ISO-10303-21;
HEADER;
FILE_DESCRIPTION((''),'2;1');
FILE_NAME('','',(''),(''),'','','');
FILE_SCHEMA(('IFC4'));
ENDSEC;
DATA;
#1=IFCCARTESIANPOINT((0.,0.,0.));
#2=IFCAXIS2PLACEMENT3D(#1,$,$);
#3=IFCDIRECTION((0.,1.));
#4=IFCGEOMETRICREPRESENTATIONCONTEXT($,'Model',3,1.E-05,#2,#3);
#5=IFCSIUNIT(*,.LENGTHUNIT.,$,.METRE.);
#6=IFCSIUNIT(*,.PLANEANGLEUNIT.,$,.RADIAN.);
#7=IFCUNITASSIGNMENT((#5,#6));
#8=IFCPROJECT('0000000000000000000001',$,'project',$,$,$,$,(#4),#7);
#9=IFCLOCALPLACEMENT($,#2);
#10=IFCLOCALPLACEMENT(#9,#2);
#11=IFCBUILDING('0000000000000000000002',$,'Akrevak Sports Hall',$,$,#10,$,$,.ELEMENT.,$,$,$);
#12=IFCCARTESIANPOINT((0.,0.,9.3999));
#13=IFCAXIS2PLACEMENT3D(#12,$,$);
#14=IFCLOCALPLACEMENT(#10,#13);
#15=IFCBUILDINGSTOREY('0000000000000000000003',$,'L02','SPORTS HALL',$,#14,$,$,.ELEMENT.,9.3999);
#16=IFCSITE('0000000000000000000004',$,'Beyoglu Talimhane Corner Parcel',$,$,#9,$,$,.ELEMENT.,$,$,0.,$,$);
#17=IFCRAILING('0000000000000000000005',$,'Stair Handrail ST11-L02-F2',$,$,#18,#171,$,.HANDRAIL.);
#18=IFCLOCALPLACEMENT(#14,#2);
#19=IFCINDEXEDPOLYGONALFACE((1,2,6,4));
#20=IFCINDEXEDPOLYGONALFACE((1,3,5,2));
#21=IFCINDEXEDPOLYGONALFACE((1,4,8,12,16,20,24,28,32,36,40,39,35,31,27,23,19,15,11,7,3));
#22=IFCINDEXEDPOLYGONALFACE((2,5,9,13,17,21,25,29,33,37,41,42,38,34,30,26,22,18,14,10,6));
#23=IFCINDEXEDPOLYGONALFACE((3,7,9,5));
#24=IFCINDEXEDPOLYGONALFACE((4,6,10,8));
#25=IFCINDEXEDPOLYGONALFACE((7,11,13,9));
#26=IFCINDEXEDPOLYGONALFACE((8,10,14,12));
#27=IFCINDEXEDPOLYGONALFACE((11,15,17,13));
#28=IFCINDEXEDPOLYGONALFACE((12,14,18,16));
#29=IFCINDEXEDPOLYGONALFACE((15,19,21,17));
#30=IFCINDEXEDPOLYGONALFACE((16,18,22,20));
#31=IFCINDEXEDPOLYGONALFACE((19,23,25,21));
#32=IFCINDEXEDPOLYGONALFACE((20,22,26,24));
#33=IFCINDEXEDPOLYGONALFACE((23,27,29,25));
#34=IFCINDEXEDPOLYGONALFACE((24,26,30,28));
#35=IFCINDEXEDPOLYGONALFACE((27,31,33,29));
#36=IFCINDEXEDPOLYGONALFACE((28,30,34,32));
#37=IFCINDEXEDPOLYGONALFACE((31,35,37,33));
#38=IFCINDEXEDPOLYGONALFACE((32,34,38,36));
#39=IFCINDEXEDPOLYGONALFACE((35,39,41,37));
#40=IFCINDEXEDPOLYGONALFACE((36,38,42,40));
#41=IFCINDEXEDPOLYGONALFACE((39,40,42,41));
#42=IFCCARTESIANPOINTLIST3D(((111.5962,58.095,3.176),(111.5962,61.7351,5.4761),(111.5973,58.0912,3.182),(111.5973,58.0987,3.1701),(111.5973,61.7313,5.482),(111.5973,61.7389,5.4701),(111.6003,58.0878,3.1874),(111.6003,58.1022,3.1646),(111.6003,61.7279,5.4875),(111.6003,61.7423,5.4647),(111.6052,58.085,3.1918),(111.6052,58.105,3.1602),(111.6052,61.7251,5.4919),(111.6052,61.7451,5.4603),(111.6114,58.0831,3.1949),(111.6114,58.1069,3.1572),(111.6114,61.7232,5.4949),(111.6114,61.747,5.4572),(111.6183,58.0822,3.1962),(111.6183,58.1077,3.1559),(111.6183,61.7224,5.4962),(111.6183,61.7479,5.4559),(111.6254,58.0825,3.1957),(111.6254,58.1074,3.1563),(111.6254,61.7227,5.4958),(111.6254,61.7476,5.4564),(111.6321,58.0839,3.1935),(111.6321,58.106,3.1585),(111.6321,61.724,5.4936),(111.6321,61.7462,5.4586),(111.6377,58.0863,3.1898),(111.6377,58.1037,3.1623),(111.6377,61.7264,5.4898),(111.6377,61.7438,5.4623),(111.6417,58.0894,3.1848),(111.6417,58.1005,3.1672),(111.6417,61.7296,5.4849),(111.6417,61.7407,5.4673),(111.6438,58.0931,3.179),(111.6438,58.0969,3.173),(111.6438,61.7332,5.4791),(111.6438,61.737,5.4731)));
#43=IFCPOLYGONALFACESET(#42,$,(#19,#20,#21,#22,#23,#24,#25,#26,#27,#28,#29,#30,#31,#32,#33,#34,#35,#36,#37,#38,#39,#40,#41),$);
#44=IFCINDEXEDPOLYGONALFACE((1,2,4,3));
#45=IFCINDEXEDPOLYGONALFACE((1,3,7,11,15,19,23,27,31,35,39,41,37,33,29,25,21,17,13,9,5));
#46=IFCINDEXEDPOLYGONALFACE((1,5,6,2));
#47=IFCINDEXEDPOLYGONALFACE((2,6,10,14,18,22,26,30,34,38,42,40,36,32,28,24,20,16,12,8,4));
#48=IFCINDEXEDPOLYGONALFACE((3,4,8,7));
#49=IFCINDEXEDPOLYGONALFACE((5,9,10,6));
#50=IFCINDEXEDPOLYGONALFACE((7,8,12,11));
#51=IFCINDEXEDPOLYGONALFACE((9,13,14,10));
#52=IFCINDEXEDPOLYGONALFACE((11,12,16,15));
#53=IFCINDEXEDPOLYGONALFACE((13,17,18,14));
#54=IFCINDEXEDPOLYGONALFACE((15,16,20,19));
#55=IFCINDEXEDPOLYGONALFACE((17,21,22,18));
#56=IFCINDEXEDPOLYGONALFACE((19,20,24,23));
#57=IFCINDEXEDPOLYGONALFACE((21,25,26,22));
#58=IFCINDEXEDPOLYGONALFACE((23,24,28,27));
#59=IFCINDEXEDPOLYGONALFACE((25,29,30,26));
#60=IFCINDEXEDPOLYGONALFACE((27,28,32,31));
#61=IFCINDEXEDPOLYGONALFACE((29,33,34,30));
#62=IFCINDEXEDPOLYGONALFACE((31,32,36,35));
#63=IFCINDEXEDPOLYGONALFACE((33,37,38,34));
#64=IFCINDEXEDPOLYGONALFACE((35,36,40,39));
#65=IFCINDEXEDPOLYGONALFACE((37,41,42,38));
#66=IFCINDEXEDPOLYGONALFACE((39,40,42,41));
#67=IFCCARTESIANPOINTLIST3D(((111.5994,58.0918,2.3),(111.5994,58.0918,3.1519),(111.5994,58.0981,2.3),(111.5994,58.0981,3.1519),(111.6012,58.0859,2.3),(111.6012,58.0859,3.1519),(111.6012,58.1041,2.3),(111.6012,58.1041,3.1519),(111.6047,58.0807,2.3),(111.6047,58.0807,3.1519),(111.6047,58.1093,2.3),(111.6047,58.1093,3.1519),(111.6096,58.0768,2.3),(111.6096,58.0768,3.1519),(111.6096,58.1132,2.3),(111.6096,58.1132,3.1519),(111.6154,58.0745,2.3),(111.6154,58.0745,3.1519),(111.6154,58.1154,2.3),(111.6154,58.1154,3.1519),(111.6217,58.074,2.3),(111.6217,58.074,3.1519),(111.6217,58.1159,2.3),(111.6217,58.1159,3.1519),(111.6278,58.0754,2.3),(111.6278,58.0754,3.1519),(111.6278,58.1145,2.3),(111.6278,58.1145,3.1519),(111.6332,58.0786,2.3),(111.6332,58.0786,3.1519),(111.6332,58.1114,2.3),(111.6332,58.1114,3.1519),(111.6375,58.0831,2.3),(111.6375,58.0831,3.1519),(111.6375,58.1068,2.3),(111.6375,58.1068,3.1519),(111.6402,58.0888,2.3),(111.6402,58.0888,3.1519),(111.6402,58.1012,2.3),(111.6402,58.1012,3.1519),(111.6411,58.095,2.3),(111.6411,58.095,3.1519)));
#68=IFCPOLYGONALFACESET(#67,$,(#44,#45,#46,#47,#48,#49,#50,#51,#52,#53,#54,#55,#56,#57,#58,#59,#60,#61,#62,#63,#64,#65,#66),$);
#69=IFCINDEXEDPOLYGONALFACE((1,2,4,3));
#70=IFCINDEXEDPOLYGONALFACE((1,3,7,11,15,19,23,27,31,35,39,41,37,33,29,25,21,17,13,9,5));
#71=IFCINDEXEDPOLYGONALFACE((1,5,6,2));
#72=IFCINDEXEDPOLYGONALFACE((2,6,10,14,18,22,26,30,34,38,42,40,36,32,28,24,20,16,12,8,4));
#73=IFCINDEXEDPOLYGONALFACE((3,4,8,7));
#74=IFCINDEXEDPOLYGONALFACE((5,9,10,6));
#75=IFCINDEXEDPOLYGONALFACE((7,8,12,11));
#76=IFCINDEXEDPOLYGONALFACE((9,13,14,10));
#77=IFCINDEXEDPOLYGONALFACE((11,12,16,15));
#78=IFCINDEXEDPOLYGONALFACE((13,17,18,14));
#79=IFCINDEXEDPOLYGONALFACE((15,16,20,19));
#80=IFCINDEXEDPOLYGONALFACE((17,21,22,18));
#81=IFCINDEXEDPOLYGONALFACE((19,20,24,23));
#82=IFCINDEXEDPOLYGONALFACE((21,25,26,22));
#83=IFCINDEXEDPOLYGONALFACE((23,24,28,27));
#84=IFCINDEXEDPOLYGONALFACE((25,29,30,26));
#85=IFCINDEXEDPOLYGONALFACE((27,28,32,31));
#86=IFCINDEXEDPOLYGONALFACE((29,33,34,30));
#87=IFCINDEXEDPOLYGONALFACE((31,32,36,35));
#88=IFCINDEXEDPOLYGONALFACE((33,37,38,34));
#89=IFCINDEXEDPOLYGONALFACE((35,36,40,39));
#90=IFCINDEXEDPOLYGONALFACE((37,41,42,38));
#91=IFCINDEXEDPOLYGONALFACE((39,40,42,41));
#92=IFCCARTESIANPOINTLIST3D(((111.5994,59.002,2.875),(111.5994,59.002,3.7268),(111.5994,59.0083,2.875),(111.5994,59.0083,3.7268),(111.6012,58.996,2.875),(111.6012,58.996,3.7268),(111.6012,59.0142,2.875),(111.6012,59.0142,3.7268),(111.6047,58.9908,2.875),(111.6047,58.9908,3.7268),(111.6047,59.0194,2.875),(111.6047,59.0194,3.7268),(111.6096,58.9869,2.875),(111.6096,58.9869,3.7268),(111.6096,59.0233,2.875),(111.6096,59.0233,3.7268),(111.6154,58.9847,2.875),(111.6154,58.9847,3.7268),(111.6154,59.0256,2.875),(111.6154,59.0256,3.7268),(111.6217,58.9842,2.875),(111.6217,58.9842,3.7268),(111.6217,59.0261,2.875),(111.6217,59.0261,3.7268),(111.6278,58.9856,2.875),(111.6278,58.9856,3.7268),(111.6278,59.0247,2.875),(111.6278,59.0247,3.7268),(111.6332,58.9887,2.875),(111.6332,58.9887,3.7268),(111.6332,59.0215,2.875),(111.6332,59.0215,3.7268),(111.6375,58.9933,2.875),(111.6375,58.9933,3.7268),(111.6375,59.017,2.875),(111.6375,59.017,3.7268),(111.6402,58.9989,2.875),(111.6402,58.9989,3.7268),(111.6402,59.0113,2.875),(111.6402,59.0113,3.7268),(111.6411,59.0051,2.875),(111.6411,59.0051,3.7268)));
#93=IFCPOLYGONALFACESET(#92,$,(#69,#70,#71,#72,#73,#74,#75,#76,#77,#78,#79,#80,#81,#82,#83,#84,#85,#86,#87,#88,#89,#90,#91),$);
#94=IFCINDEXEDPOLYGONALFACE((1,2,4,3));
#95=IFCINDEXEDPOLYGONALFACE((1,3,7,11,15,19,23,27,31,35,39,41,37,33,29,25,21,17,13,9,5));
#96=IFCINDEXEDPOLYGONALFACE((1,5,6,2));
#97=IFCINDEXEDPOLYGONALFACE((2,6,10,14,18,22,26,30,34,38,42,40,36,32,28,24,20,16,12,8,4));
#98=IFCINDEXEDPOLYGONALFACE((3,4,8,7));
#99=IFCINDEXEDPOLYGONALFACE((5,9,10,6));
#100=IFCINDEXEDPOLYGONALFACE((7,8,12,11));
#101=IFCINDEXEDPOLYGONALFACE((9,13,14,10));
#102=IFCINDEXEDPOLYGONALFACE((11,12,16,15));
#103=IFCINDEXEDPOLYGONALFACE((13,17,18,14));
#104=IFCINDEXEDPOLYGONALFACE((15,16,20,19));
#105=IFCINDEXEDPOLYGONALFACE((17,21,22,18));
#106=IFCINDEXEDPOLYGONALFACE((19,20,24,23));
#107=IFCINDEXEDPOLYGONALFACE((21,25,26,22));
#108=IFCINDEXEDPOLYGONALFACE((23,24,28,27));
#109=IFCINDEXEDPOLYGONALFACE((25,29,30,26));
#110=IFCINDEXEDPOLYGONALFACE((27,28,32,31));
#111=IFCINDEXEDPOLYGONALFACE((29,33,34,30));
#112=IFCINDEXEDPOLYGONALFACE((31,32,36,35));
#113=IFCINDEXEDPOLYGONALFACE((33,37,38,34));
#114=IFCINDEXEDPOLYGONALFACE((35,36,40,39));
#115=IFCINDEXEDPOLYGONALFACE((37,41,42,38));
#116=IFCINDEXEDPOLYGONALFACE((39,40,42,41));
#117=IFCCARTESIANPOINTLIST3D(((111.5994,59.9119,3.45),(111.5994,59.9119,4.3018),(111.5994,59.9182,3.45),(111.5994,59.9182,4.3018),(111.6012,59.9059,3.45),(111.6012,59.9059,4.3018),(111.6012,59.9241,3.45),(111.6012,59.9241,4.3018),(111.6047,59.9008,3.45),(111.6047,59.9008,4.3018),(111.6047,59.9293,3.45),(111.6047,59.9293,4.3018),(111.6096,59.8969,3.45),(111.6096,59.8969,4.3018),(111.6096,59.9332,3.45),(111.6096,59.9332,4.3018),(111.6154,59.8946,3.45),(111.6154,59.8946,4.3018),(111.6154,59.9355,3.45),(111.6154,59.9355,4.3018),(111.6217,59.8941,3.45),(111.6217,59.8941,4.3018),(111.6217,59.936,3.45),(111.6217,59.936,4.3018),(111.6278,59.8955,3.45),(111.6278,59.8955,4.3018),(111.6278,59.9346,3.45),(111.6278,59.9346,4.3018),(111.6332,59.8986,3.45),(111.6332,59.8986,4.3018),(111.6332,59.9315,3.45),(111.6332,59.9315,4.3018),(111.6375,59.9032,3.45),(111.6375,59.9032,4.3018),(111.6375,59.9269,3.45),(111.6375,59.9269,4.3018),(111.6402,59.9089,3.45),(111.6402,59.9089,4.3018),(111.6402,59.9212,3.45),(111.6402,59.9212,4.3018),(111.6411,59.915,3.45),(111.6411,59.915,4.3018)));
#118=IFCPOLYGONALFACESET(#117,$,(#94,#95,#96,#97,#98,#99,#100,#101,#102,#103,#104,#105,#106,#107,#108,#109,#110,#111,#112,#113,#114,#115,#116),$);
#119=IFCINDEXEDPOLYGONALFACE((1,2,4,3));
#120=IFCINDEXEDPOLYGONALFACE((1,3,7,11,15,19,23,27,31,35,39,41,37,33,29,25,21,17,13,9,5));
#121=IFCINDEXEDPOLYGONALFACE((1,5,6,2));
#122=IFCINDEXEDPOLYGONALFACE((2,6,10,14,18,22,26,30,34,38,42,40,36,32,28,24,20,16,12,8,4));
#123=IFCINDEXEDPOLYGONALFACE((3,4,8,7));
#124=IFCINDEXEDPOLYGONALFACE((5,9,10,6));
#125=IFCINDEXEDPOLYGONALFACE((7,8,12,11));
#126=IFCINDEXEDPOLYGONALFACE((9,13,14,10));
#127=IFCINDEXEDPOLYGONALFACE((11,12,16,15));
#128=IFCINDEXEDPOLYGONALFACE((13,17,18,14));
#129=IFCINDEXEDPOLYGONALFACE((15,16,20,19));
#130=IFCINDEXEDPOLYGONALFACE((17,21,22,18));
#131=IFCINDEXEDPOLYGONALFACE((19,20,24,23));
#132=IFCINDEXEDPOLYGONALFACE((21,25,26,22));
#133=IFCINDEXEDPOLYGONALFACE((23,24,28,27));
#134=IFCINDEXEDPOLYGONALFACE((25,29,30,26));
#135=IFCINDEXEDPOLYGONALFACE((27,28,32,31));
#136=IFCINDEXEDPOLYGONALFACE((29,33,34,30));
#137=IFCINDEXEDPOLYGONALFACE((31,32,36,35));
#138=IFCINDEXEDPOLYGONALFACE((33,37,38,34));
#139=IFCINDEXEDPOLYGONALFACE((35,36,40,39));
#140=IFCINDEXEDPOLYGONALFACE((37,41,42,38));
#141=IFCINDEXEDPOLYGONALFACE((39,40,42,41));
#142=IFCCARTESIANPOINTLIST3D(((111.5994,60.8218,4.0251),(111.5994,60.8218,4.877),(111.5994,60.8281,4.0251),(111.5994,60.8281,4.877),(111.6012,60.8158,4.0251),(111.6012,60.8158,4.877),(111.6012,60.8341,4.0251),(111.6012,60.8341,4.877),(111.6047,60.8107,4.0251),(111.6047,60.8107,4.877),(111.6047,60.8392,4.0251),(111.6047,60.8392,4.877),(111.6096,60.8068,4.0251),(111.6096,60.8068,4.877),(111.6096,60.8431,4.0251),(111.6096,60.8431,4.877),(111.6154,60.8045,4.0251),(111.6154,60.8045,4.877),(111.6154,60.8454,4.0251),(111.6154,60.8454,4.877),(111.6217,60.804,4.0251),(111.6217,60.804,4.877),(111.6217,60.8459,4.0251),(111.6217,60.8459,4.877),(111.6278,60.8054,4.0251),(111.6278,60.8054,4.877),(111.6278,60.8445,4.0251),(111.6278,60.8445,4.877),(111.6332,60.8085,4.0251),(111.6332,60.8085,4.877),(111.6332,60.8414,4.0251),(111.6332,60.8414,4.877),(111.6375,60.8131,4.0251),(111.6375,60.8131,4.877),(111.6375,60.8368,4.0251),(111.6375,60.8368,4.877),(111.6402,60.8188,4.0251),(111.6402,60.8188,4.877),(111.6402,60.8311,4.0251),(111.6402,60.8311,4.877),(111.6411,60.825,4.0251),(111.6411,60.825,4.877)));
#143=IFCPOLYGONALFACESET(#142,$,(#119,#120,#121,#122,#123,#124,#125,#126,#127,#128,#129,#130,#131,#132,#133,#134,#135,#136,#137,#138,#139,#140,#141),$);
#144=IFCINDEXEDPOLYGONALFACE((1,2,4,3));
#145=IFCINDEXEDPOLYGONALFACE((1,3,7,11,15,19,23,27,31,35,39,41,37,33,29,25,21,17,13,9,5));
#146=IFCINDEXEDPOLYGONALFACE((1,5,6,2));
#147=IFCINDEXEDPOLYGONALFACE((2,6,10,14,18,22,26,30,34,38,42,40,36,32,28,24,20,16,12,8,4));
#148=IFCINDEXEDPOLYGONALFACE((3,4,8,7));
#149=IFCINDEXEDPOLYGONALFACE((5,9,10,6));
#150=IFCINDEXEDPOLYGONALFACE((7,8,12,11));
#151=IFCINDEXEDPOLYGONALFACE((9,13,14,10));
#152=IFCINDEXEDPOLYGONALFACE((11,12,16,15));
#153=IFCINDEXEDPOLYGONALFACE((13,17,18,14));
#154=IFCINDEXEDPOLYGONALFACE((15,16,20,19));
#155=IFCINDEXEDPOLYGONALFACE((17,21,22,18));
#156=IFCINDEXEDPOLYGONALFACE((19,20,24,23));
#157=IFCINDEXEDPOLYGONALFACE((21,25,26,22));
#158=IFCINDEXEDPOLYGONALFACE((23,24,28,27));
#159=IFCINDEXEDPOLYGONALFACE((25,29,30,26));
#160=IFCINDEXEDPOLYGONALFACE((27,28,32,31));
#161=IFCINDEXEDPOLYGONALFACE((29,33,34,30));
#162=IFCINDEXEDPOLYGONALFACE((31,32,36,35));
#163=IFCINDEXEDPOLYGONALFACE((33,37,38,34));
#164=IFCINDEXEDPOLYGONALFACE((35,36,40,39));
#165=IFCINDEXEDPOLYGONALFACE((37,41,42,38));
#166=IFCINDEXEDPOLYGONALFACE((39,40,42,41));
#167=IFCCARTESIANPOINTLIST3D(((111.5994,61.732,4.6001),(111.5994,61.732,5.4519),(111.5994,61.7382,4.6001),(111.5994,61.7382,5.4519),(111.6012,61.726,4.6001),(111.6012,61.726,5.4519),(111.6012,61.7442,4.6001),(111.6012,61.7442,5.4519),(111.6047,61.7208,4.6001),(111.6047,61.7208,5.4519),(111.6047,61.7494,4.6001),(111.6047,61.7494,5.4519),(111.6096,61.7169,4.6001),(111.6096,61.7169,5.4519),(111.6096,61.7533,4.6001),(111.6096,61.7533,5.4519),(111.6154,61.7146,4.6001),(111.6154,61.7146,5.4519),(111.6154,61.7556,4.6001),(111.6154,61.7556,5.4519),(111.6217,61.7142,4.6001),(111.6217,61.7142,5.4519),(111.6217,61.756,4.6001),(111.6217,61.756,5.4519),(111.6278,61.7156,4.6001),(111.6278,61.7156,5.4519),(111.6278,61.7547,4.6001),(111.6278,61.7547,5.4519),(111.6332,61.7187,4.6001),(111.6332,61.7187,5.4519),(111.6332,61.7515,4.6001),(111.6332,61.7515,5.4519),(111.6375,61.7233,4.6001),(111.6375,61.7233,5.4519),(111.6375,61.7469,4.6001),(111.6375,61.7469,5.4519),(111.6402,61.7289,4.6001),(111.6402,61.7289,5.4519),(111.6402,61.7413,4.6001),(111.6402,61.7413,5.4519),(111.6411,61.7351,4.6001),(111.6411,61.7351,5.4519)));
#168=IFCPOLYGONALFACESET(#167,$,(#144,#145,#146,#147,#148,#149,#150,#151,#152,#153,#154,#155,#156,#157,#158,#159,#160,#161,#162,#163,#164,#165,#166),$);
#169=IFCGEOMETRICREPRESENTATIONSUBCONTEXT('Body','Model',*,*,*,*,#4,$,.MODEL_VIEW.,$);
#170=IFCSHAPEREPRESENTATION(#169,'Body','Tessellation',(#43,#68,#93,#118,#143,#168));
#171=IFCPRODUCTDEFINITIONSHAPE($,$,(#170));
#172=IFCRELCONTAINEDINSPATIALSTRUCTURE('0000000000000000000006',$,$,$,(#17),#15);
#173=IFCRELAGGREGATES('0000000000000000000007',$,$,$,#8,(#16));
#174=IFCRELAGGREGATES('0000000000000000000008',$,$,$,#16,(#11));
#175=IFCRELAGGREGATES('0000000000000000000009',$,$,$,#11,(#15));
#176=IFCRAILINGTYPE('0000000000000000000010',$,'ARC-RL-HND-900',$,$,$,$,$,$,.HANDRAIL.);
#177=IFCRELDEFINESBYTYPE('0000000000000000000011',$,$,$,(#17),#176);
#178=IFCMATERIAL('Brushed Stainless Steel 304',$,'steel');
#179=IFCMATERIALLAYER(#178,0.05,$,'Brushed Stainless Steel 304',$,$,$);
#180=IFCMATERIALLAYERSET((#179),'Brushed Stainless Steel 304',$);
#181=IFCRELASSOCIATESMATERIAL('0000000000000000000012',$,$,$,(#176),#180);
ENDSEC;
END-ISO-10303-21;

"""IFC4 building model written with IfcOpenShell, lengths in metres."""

from ifc_helpers import new_model, si_unit, direction, frame, origin, origin_2d, place, context, subcontext, project, spatial, circle, extrude, material, layer, layer_set, type_object, element, save


model = new_model("IFC4")

# Units and contexts
model_context = context("Model", 3, precision=1e-05, world=origin(), true_north=direction((0.0, 1.0)))
body_context = subcontext(model_context, "Body", "Model", "MODEL_VIEW")
ifc_project = project(units=[si_unit("LENGTHUNIT", "METRE"), si_unit("PLANEANGLEUNIT", "RADIAN")], contexts=[model_context])

# Site, building, storey
site_placement = place(None, origin())
site = spatial("IfcSite", under=ifc_project, at=site_placement, Name="Beyoglu Talimhane Corner Parcel", CompositionType="ELEMENT", RefElevation=0.0)
building_placement = place(site_placement, origin())
building = spatial("IfcBuilding", under=site, at=building_placement, Name="Akrevak Sports Hall", CompositionType="ELEMENT")
storey_placement = place(building_placement, frame((0.0, 0.0, 9.3999)))
storey = spatial("IfcBuildingStorey", under=building, at=storey_placement, Name="L02", Description="SPORTS HALL", CompositionType="ELEMENT", Elevation=9.3999)

# Railing
ifc_material_1 = material(Name="Brushed Stainless Steel 304", Category="steel")
ifc_layer_1 = layer(ifc_material_1, 0.05, Name="Brushed Stainless Steel 304")
ifc_layer_set_1 = layer_set([ifc_layer_1], Name="Brushed Stainless Steel 304")
railing_type_1 = type_object("IfcRailingType", Name="ARC-RL-HND-900", PredefinedType="HANDRAIL", material=ifc_layer_set_1)
railing_1_placement = place(storey_placement, frame((111.6201, 58.095, 2.3)))
element("IfcRailing", 1, at=railing_1_placement, inside=storey, type_object=railing_type_1, Name="Stair Handrail ST11-L02-F2", PredefinedType="HANDRAIL", context=body_context, shape_type="SweptSolid", body=[
    extrude(circle(Radius=0.0239, at=origin_2d()), frame((0.0, 0.0, 0.876), z_axis=(0.0, 0.845382, 0.534162), x_axis=(-1.0, 0.0, 0.0)), (0.0, 0.0, 1.0), 4.3059),
    extrude(circle(Radius=0.021, at=origin_2d()), origin(), (0.0, 0.0, 1.0), 0.8518),
    extrude(circle(Radius=0.021, at=origin_2d()), frame((0.0, 0.9102, 0.575)), (0.0, 0.0, 1.0), 0.8518),
    extrude(circle(Radius=0.021, at=origin_2d()), frame((0.0, 1.8201, 1.1499)), (0.0, 0.0, 1.0), 0.8518),
    extrude(circle(Radius=0.021, at=origin_2d()), frame((0.0, 2.73, 1.7251)), (0.0, 0.0, 1.0), 0.8518),
    extrude(circle(Radius=0.021, at=origin_2d()), frame((0.0, 3.6401, 2.3)), (0.0, 0.0, 1.0), 0.8518),
])

save(model, "model.ifc")
